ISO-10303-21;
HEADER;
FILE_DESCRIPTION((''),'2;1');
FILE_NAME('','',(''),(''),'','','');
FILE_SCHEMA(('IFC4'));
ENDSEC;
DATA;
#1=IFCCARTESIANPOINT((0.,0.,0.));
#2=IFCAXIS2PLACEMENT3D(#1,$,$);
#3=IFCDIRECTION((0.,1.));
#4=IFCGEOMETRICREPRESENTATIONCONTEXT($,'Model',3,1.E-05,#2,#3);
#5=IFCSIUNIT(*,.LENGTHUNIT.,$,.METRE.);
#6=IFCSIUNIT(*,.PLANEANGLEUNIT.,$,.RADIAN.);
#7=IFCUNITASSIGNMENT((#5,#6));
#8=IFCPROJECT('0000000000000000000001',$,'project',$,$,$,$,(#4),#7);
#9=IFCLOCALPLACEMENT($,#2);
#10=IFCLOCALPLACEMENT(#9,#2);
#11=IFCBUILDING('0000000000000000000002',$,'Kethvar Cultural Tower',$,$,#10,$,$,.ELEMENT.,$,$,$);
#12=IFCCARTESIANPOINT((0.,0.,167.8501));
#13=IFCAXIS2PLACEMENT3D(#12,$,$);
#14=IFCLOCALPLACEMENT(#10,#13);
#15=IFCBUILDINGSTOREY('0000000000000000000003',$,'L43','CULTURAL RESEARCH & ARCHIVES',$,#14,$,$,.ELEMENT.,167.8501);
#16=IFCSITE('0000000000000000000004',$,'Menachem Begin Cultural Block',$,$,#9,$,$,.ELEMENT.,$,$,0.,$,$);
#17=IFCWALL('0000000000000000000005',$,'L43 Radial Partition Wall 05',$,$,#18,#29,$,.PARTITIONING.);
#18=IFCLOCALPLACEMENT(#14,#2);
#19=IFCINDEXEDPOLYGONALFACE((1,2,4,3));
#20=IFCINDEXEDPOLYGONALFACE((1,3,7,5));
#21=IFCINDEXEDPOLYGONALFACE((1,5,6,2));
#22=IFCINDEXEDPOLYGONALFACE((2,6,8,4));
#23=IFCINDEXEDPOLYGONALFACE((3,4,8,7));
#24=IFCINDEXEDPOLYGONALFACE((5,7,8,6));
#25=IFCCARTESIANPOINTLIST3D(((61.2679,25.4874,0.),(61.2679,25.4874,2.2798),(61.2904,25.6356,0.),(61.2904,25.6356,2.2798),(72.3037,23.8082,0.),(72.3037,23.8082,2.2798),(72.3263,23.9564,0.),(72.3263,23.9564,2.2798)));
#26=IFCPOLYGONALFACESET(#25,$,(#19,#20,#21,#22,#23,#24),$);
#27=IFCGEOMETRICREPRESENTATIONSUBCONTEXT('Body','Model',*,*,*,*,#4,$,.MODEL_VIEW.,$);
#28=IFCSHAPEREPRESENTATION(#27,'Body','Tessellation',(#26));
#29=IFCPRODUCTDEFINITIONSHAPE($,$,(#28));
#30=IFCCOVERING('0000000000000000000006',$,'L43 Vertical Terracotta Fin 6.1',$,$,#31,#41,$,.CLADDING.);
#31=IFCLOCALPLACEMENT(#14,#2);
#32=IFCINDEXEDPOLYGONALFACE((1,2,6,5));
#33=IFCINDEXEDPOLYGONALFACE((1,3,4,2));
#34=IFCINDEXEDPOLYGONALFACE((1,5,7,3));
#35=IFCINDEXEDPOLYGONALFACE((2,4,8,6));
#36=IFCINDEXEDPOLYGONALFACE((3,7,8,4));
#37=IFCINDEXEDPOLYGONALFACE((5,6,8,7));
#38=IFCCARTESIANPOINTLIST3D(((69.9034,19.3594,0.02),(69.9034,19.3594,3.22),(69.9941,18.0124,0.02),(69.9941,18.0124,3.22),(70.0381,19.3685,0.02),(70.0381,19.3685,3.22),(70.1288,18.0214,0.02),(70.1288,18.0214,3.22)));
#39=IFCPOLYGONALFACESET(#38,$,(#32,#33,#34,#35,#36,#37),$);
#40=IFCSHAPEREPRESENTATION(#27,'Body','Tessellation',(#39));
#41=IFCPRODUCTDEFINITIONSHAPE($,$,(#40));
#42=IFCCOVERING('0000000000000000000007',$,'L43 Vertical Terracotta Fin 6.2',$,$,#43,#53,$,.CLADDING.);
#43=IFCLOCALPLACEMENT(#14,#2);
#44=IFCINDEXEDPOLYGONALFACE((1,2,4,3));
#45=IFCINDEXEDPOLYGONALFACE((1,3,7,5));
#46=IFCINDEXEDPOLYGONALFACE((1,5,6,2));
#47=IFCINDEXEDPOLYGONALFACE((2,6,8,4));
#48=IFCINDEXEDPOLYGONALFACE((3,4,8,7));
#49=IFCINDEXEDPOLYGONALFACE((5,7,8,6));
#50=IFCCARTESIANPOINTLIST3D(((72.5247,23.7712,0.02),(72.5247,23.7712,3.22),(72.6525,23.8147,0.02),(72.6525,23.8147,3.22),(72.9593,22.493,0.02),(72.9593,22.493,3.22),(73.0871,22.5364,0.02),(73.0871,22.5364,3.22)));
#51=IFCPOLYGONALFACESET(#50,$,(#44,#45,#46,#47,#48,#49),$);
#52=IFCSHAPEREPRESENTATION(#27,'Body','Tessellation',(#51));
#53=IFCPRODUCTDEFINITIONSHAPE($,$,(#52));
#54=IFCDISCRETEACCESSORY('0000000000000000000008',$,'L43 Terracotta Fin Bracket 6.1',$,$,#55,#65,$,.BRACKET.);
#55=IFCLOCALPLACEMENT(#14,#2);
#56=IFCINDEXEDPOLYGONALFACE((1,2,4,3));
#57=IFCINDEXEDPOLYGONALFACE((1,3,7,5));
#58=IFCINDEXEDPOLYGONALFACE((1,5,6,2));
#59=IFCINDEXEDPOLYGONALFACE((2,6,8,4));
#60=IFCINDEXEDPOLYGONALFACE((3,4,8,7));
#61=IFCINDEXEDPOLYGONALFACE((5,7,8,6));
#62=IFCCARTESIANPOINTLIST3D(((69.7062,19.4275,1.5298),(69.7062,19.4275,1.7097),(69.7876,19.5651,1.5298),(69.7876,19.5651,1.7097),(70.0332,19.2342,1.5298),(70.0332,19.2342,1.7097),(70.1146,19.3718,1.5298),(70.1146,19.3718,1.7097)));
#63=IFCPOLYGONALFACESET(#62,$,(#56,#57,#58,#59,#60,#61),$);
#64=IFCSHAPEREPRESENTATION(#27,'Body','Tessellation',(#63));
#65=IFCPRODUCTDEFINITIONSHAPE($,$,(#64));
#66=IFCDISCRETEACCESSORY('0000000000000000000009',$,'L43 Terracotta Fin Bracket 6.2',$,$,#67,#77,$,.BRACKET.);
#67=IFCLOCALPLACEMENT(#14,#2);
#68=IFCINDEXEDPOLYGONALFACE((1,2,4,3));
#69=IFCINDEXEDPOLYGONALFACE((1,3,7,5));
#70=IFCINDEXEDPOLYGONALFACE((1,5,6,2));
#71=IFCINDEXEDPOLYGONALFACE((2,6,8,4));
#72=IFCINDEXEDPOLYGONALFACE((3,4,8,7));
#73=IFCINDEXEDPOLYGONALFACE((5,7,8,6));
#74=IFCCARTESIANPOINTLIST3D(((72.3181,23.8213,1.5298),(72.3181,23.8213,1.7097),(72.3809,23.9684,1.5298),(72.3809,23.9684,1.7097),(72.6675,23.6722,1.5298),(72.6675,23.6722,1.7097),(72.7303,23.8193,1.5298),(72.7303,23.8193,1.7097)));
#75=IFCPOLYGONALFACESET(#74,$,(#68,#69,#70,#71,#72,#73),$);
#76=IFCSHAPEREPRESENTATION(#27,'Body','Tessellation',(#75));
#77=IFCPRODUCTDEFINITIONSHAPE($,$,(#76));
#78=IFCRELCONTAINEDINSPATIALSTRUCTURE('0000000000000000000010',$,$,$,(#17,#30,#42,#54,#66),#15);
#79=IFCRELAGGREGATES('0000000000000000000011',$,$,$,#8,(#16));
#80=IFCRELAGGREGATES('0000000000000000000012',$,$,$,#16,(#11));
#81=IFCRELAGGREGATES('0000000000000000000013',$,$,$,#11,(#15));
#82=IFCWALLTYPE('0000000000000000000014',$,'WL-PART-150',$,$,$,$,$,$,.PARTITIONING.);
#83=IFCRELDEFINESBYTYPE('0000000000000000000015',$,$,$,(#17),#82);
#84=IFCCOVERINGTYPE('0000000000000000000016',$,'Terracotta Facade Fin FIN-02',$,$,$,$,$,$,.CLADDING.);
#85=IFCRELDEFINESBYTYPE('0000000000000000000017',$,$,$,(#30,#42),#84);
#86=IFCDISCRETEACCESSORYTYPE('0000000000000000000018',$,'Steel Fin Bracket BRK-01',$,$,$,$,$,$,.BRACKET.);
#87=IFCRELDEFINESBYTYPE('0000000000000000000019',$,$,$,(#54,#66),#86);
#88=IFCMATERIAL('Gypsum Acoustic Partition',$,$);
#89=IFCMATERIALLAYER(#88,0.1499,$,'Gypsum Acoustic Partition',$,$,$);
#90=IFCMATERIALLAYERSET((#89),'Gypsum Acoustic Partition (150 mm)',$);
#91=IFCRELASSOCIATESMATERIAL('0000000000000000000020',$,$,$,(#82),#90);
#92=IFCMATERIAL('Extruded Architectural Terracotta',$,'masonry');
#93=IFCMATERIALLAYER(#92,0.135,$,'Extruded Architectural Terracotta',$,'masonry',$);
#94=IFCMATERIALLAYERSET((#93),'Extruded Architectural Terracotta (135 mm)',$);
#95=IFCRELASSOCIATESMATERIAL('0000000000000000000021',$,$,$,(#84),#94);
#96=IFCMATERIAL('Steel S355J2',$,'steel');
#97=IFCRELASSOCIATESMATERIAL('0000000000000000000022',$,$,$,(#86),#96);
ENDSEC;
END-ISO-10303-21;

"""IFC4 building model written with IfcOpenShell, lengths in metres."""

from ifc_helpers import new_model, si_unit, direction, frame, frame_2d, origin, origin_2d, place, context, subcontext, project, spatial, rectangle, extrude, source, transform, mapped, material, layer, layer_set, type_object, element, save


model = new_model("IFC4")

# Units and contexts
model_context = context("Model", 3, precision=1e-05, world=origin(), true_north=direction((0.0, 1.0)))
body_context = subcontext(model_context, "Body", "Model", "MODEL_VIEW")
ifc_project = project(units=[si_unit("LENGTHUNIT", "METRE"), si_unit("PLANEANGLEUNIT", "RADIAN")], contexts=[model_context])

# Site, building, storey
site_placement = place(None, origin())
site = spatial("IfcSite", under=ifc_project, at=site_placement, Name="Menachem Begin Cultural Block", CompositionType="ELEMENT", RefElevation=0.0)
building_placement = place(site_placement, origin())
building = spatial("IfcBuilding", under=site, at=building_placement, Name="Kethvar Cultural Tower", CompositionType="ELEMENT")
storey_placement = place(building_placement, frame((0.0, 0.0, 167.8501)))
storey = spatial("IfcBuildingStorey", under=building, at=storey_placement, Name="L43", Description="CULTURAL RESEARCH & ARCHIVES", CompositionType="ELEMENT", Elevation=167.8501)

# Shared definitions
ifc_material_1 = material(Name="Steel S355J2", Category="steel")

# Wall
ifc_material_2 = material(Name="Gypsum Acoustic Partition")
ifc_layer_1 = layer(ifc_material_2, 0.1499, Name="Gypsum Acoustic Partition")
ifc_layer_set_1 = layer_set([ifc_layer_1], Name="Gypsum Acoustic Partition (150 mm)")
wall_type_1 = type_object("IfcWallType", Name="WL-PART-150", PredefinedType="PARTITIONING", material=ifc_layer_set_1)
wall_1_placement = place(storey_placement, frame((61.2791, 25.5615, 0.0), z_axis=(0.0, 0.0, 1.0), x_axis=(0.988621, -0.150427, 0.0)))
element("IfcWall", 1, at=wall_1_placement, inside=storey, type_object=wall_type_1, Name="L43 Radial Partition Wall 05", PredefinedType="PARTITIONING", context=body_context, shape_type="SweptSolid", body=[
    extrude(rectangle(XDim=11.1628, YDim=0.1499, at=frame_2d((5.5815, 0.0))), origin(), (0.0, 0.0, 1.0), 2.2798),
])

# Coverings
ifc_material_3 = material(Name="Extruded Architectural Terracotta", Category="masonry")
ifc_layer_2 = layer(ifc_material_3, 0.135, Name="Extruded Architectural Terracotta", Category="masonry")
ifc_layer_set_2 = layer_set([ifc_layer_2], Name="Extruded Architectural Terracotta (135 mm)")
covering_type = type_object("IfcCoveringType", Name="Terracotta Facade Fin FIN-02", PredefinedType="CLADDING", material=ifc_layer_set_2)
shared_shape_1 = source(origin(), body_context, "Body", "SweptSolid", [
    extrude(rectangle(XDim=1.3501, YDim=0.135, at=origin_2d()), origin(), (0.0, 0.0, 1.0), 3.2),
])
for number, where, z_axis, x_axis, name in (
    (2, (70.0161, 18.6904, 0.02), (0.0, 0.0, 1.0), (0.067145, -0.997743, 0.0), "L43 Vertical Terracotta Fin 6.1"),
    (3, (72.8059, 23.1538, 0.02), (0.0, 0.0, 1.0), (0.321935, -0.946762, 0.0), "L43 Vertical Terracotta Fin 6.2"),
):
    element("IfcCovering", number, at=place(storey_placement, frame(where, z_axis=z_axis, x_axis=x_axis)), inside=storey, type_object=covering_type, Name=name, PredefinedType="CLADDING", context=body_context, shape_type="MappedRepresentation", body=[
        mapped(shared_shape_1, transform((0.0, 0.0, 0.0), scale=1.0)),
    ])

# Discrete accessories
discrete_accessory_type = type_object("IfcDiscreteAccessoryType", Name="Steel Fin Bracket BRK-01", PredefinedType="BRACKET", material=ifc_material_1)
shared_shape_2 = source(origin(), body_context, "Body", "SweptSolid", [
    extrude(rectangle(XDim=0.3799, YDim=0.1599, at=origin_2d()), origin(), (0.0, 0.0, 1.0), 0.1799),
])
for number, where, z_axis, x_axis, name in (
    (4, (69.9104, 19.3997, 1.5298), (0.0, 0.0, 1.0), (0.860831, -0.508891, 0.0), "L43 Terracotta Fin Bracket 6.1"),
    (5, (72.5242, 23.8203, 1.5298), (0.0, 0.0, 1.0), (0.919753, -0.392498, 0.0), "L43 Terracotta Fin Bracket 6.2"),
):
    element("IfcDiscreteAccessory", number, at=place(storey_placement, frame(where, z_axis=z_axis, x_axis=x_axis)), inside=storey, type_object=discrete_accessory_type, Name=name, PredefinedType="BRACKET", context=body_context, shape_type="MappedRepresentation", body=[
        mapped(shared_shape_2, transform((0.0, 0.0, 0.0), scale=1.0)),
    ])

save(model, "model.ifc")
